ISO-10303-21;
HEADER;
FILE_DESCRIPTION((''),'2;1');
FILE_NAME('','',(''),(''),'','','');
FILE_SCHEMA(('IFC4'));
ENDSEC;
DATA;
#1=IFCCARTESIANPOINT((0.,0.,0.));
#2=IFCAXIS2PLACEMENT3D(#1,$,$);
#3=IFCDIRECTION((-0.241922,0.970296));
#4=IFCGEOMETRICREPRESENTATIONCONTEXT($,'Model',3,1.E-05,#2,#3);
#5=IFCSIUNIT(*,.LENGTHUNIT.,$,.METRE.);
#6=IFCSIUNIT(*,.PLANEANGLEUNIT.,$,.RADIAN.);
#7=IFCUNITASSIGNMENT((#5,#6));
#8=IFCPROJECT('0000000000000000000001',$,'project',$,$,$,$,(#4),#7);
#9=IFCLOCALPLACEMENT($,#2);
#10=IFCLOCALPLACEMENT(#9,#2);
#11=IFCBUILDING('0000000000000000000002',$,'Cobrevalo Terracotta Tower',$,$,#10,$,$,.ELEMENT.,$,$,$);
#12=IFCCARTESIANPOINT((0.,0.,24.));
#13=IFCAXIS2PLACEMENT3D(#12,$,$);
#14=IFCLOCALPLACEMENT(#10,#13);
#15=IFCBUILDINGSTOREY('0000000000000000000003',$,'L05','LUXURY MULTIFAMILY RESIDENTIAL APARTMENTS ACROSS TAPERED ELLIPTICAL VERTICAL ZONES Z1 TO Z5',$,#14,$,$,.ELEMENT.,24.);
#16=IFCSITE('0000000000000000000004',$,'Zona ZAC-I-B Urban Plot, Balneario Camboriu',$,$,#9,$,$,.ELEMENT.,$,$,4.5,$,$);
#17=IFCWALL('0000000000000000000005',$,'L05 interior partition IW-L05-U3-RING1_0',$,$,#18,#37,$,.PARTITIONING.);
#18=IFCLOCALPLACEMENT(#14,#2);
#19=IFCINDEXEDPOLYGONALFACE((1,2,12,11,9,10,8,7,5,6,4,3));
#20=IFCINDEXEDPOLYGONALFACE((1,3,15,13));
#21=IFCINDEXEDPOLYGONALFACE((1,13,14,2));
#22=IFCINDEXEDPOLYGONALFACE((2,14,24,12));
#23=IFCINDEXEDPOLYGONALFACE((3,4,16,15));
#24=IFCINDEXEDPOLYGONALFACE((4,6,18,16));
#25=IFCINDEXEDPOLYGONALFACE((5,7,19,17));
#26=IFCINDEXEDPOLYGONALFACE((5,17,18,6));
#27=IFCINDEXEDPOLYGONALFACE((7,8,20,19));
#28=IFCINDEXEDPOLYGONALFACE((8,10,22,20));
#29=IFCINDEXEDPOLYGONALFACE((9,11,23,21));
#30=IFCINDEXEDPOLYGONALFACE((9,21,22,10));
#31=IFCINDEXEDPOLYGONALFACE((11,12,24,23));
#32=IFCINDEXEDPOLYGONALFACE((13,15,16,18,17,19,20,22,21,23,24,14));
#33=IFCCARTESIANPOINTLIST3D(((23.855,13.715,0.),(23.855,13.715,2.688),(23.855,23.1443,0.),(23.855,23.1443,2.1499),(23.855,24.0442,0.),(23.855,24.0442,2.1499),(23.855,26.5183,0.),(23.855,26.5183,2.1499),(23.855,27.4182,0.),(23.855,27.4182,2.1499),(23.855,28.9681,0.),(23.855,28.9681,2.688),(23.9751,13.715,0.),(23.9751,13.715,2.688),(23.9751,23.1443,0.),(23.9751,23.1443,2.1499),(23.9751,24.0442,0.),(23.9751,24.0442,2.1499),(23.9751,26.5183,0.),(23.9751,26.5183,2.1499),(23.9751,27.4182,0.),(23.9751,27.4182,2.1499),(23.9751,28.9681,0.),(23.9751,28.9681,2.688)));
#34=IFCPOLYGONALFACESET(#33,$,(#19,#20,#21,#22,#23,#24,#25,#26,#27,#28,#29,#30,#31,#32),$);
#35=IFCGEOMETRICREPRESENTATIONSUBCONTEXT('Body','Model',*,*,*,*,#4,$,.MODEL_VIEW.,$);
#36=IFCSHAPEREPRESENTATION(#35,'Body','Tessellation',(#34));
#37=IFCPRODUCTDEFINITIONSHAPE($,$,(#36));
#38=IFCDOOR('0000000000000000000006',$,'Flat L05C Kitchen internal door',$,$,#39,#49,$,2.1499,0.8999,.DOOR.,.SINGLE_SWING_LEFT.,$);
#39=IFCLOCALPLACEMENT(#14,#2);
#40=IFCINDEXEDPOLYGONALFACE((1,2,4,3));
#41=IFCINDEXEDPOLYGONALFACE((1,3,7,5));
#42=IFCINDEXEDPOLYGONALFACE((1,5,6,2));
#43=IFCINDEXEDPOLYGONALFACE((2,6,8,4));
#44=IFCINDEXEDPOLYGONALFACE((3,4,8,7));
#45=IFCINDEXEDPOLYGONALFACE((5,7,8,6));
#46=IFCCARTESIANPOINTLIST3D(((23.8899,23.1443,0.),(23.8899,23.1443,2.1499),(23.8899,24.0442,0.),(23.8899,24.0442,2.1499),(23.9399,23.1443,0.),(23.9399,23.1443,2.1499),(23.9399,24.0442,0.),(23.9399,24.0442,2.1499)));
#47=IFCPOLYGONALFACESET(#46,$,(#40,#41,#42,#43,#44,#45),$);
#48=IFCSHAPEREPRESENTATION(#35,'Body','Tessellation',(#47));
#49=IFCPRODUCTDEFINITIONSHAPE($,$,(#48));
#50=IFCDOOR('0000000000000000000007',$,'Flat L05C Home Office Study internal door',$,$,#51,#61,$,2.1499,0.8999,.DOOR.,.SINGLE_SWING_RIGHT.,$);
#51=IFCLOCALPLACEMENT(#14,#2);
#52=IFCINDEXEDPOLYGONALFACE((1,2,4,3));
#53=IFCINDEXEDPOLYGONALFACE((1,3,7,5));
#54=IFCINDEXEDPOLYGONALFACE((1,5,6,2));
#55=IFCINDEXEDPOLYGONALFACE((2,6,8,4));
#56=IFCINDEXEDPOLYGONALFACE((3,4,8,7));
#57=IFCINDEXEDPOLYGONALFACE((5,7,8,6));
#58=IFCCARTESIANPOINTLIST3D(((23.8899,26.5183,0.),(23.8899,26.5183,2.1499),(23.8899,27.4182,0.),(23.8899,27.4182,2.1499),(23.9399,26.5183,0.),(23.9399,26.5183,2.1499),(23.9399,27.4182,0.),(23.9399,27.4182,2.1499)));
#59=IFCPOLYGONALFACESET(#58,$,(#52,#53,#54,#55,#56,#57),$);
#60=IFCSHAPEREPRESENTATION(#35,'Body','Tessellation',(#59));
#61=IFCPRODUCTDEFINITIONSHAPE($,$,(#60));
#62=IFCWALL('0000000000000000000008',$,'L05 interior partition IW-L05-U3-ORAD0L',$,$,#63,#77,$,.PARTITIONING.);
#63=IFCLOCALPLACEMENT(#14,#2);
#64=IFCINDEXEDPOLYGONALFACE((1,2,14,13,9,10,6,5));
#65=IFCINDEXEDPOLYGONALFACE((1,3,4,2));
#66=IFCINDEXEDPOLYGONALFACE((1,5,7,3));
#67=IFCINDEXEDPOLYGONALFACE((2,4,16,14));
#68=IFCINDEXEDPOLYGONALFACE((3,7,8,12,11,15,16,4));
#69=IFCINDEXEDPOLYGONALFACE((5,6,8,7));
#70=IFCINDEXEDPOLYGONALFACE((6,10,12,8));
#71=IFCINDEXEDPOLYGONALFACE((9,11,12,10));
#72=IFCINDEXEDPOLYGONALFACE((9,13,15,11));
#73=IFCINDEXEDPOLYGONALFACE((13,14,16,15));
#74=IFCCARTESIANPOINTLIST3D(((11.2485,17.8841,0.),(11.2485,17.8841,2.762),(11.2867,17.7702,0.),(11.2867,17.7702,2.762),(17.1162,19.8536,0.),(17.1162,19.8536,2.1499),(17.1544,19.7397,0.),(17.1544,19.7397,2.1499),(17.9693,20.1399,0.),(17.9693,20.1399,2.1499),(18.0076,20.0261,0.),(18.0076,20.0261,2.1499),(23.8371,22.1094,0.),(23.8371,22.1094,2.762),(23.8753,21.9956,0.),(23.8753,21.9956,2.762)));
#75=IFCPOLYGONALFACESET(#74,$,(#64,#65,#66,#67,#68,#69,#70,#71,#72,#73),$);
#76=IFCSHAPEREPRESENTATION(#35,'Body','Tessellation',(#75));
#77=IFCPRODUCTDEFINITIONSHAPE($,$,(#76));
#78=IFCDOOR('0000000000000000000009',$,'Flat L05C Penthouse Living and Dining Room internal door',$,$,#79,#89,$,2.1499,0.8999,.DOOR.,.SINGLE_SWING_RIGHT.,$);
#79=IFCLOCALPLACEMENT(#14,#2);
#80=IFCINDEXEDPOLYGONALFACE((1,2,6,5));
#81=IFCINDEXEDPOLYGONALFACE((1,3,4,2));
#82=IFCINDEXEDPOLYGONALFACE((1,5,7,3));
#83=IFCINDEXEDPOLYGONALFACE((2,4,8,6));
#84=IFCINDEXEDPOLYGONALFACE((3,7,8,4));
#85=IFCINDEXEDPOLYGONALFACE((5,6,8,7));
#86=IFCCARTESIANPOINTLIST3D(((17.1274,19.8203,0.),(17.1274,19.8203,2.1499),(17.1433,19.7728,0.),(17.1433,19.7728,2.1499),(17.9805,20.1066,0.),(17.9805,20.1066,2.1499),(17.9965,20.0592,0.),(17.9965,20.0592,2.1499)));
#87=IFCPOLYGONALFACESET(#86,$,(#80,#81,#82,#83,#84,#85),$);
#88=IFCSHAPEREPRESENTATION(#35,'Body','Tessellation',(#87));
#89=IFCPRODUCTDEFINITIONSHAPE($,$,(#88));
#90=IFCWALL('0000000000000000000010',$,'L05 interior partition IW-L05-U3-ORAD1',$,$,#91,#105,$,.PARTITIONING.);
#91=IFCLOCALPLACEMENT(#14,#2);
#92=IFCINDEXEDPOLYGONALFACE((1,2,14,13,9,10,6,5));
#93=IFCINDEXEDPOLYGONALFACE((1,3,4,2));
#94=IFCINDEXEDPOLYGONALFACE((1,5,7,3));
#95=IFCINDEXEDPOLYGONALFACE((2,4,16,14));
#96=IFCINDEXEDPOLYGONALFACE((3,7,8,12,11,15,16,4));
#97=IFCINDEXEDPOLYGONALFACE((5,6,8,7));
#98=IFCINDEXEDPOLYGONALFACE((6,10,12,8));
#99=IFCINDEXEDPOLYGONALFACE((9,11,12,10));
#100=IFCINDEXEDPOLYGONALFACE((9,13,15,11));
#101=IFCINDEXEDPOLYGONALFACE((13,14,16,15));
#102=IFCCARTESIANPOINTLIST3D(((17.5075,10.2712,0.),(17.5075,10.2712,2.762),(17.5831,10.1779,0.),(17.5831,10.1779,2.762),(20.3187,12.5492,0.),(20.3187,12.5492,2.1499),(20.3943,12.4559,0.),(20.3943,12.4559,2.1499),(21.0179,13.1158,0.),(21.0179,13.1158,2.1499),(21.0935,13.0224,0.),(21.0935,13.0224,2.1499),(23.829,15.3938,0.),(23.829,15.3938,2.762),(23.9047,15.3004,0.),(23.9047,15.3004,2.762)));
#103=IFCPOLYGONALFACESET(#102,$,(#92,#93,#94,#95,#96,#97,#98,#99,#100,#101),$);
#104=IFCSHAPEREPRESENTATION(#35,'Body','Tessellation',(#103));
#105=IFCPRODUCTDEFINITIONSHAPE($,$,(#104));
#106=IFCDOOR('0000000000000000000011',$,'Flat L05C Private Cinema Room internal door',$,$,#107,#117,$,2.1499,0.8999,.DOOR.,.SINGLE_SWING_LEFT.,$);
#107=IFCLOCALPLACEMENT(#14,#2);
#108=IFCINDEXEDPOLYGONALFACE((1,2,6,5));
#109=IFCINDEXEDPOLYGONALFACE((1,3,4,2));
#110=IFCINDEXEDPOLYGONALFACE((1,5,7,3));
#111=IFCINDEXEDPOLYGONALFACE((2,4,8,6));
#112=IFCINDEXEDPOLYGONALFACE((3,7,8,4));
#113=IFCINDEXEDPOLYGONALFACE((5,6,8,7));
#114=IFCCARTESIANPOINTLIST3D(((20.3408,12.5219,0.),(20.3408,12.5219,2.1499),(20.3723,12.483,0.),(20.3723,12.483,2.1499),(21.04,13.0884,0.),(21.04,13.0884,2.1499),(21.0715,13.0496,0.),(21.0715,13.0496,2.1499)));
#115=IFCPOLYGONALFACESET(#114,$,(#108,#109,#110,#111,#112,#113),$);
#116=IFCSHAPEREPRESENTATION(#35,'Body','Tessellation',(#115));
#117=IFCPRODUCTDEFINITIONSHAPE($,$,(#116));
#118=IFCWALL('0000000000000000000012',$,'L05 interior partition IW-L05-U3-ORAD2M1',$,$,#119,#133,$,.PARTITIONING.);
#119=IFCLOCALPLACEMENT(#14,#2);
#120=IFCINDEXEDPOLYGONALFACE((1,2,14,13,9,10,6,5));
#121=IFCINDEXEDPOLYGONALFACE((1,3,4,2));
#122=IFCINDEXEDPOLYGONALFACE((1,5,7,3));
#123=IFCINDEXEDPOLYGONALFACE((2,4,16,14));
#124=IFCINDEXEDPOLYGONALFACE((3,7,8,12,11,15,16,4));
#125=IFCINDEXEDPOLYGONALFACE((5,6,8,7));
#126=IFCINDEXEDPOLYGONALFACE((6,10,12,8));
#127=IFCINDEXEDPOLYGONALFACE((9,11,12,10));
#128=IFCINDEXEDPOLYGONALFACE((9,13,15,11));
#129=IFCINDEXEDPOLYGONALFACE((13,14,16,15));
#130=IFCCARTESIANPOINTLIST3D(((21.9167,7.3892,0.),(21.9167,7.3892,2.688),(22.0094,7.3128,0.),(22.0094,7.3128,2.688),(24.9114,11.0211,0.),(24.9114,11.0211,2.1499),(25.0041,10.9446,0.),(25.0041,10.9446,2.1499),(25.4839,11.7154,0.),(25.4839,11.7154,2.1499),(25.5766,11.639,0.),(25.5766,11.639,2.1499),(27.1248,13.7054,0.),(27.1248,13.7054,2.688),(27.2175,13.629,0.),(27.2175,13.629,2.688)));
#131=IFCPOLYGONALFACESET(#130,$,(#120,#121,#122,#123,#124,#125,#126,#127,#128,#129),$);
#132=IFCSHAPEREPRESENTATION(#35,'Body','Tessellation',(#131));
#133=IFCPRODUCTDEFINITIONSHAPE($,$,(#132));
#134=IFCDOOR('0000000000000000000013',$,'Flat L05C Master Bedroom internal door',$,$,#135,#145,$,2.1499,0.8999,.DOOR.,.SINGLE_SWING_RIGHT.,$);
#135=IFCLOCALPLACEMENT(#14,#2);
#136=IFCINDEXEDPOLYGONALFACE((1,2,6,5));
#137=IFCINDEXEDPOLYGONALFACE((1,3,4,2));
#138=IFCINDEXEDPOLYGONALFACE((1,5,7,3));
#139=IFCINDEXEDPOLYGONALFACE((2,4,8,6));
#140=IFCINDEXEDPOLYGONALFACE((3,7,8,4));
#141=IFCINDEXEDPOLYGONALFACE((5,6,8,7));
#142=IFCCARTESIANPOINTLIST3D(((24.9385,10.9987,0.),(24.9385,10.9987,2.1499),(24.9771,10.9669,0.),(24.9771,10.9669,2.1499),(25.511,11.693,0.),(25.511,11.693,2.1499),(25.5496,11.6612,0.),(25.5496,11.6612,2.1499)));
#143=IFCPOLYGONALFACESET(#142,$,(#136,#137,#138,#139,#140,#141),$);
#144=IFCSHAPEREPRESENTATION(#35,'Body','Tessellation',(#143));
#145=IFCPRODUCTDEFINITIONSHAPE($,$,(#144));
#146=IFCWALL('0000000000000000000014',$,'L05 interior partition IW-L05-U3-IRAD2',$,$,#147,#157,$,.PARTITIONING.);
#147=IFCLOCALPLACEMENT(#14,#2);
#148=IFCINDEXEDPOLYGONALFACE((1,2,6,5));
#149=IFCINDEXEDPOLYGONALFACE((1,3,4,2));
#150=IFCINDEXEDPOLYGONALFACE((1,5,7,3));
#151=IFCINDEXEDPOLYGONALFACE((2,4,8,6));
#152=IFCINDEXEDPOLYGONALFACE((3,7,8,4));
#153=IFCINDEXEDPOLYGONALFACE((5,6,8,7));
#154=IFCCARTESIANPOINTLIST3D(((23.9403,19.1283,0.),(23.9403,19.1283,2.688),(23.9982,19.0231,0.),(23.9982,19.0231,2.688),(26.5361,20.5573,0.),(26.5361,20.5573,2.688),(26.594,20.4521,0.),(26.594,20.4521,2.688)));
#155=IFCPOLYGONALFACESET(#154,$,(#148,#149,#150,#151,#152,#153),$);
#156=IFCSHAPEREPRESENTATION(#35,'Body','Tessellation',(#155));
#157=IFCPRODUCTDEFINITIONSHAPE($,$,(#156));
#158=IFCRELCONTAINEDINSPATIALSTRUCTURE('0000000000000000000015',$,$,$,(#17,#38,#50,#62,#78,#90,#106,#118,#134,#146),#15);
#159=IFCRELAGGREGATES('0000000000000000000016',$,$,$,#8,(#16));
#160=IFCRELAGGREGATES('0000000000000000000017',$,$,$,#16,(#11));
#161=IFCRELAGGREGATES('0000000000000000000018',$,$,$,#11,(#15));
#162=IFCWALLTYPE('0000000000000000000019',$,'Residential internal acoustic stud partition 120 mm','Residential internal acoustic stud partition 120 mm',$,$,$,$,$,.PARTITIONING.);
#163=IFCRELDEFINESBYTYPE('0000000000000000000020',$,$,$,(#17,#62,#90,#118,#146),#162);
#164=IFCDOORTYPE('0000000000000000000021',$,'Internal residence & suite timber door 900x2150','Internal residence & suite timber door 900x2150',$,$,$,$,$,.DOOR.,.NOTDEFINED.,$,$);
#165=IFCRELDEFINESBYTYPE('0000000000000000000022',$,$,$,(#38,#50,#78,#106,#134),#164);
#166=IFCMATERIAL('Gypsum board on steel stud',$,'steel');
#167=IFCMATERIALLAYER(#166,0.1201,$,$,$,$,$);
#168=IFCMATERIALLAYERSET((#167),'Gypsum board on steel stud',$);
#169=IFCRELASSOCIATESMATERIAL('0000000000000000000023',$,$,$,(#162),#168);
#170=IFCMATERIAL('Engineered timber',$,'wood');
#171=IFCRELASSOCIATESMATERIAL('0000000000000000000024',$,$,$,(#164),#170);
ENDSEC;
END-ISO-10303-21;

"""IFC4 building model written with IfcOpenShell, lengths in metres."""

from ifc_helpers import new_model, si_unit, direction, frame, frame_2d, origin, place, context, subcontext, project, spatial, rectangle, extrude, source, transform, mapped, material, layer, layer_set, type_object, element, fill, save


model = new_model("IFC4")

# Units and contexts
model_context = context("Model", 3, precision=1e-05, world=origin(), true_north=direction((-0.241922, 0.970296)))
body_context = subcontext(model_context, "Body", "Model", "MODEL_VIEW")
ifc_project = project(units=[si_unit("LENGTHUNIT", "METRE"), si_unit("PLANEANGLEUNIT", "RADIAN")], contexts=[model_context])

# Site, building, storey
site_placement = place(None, origin())
site = spatial("IfcSite", under=ifc_project, at=site_placement, Name="Zona ZAC-I-B Urban Plot, Balneario Camboriu", CompositionType="ELEMENT", RefElevation=4.5)
building_placement = place(site_placement, origin())
building = spatial("IfcBuilding", under=site, at=building_placement, Name="Cobrevalo Terracotta Tower", CompositionType="ELEMENT")
storey_placement = place(building_placement, frame((0.0, 0.0, 24.0)))
storey = spatial("IfcBuildingStorey", under=building, at=storey_placement, Name="L05", Description="LUXURY MULTIFAMILY RESIDENTIAL APARTMENTS ACROSS TAPERED ELLIPTICAL VERTICAL ZONES Z1 TO Z5", CompositionType="ELEMENT", Elevation=24.0)

# Shared definitions
ifc_material_1 = material(Name="Gypsum board on steel stud", Category="steel")

# Wall, openings, doors
ifc_layer_1 = layer(ifc_material_1, 0.1201)
ifc_layer_set_1 = layer_set([ifc_layer_1], Name="Gypsum board on steel stud")
wall_type_1 = type_object("IfcWallType", Name="Residential internal acoustic stud partition 120 mm", Description="Residential internal acoustic stud partition 120 mm", PredefinedType="PARTITIONING", material=ifc_layer_set_1)
wall_1_placement = place(storey_placement, frame((23.915, 13.7151, 0.0), z_axis=(0.0, 0.0, 1.0), x_axis=(0.0, 1.0, 0.0)))
wall_1 = element("IfcWall", 1, at=wall_1_placement, inside=storey, type_object=wall_type_1, Name="L05 interior partition IW-L05-U3-RING1_0", PredefinedType="PARTITIONING", context=body_context, shape_type="SweptSolid", body=[
    extrude(rectangle(XDim=15.2532, YDim=0.1201, at=frame_2d((7.6265, 0.0))), origin(), (0.0, 0.0, 1.0), 2.688),
])
opening_1_placement = place(wall_1_placement, frame((9.4292, 0.0, 0.0)))
opening_1 = element("IfcOpeningElement", 2, at=opening_1_placement, cuts=wall_1, PredefinedType="OPENING", context=body_context, shape_type="SweptSolid", body=[
    extrude(rectangle(XDim=0.8999, YDim=2.1499, at=frame_2d((0.45, 1.075))), frame((0.0, 0.0701, 0.0), z_axis=(0.0, -1.0, 0.0), x_axis=(1.0, 0.0, 0.0)), (0.0, 0.0, 1.0), 0.1401),
])
opening_2_placement = place(wall_1_placement, frame((12.8032, 0.0, 0.0)))
opening_2 = element("IfcOpeningElement", 3, at=opening_2_placement, cuts=wall_1, PredefinedType="OPENING", context=body_context, shape_type="SweptSolid", body=[
    extrude(rectangle(XDim=0.8999, YDim=2.1499, at=frame_2d((0.45, 1.075))), frame((0.0, 0.0701, 0.0), z_axis=(0.0, -1.0, 0.0), x_axis=(1.0, 0.0, 0.0)), (0.0, 0.0, 1.0), 0.1401),
])
ifc_material_2 = material(Name="Engineered timber", Category="wood")
door_type_1 = type_object("IfcDoorType", Name="Internal residence & suite timber door 900x2150", Description="Internal residence & suite timber door 900x2150", OperationType="NOTDEFINED", PredefinedType="DOOR", material=ifc_material_2)
shared_shape_1 = source(origin(), body_context, "Body", "SweptSolid", [
    extrude(rectangle(XDim=0.8999, YDim=2.1499, at=frame_2d((0.45, 1.075))), frame((0.0, 0.0249, 0.0), z_axis=(0.0, -1.0, 0.0), x_axis=(1.0, 0.0, 0.0)), (0.0, 0.0, 1.0), 0.05),
])
door_1_placement = place(opening_1_placement, frame((0.8999, 0.0, 0.0), z_axis=(0.0, 0.0, 1.0), x_axis=(-1.0, 0.0, 0.0)))
door_1 = element("IfcDoor", 4, at=door_1_placement, inside=storey, type_object=door_type_1, Name="Flat L05C Kitchen internal door", OperationType="SINGLE_SWING_LEFT", OverallHeight=2.1499, OverallWidth=0.8999, PredefinedType="DOOR", context=body_context, shape_type="MappedRepresentation", body=[
    mapped(shared_shape_1, transform((0.0, 0.0, 0.0), scale=1.0)),
])
fill(opening_1, door_1)
door_2_placement = place(opening_2_placement, frame((0.8999, 0.0, 0.0), z_axis=(0.0, 0.0, 1.0), x_axis=(-1.0, 0.0, 0.0)))
door_2 = element("IfcDoor", 5, at=door_2_placement, inside=storey, type_object=door_type_1, Name="Flat L05C Home Office Study internal door", OperationType="SINGLE_SWING_RIGHT", OverallHeight=2.1499, OverallWidth=0.8999, PredefinedType="DOOR", context=body_context, shape_type="MappedRepresentation", body=[
    mapped(shared_shape_1, transform((0.0, 0.0, 0.0), scale=1.0)),
])
fill(opening_2, door_2)

# Walls, openings, doors
wall_2_placement = place(storey_placement, frame((23.8562, 22.0525, 0.0), z_axis=(0.0, 0.0, 1.0), x_axis=(-0.948023, -0.318202, 0.0)))
wall_2 = element("IfcWall", 6, at=wall_2_placement, inside=storey, type_object=wall_type_1, Name="L05 interior partition IW-L05-U3-ORAD0L", PredefinedType="PARTITIONING", context=body_context, shape_type="SweptSolid", body=[
    extrude(rectangle(XDim=13.2788, YDim=0.1201, at=frame_2d((6.6394, 0.0))), origin(), (0.0, 0.0, 1.0), 2.762),
])
opening_3_placement = place(wall_2_placement, frame((6.1895, 0.0, 0.0)))
opening_3 = element("IfcOpeningElement", 7, at=opening_3_placement, cuts=wall_2, PredefinedType="OPENING", context=body_context, shape_type="SweptSolid", body=[
    extrude(rectangle(XDim=0.8999, YDim=2.1499, at=frame_2d((0.45, 1.075))), frame((0.0, 0.0701, 0.0), z_axis=(0.0, -1.0, 0.0), x_axis=(1.0, 0.0, 0.0)), (0.0, 0.0, 1.0), 0.1401),
])
door_3_placement = place(opening_3_placement, frame((0.8999, 0.0, 0.0), z_axis=(0.0, 0.0, 1.0), x_axis=(-1.0, 0.0, 0.0)))
door_3 = element("IfcDoor", 8, at=door_3_placement, inside=storey, type_object=door_type_1, Name="Flat L05C Penthouse Living and Dining Room internal door", OperationType="SINGLE_SWING_RIGHT", OverallHeight=2.1499, OverallWidth=0.8999, PredefinedType="DOOR", context=body_context, shape_type="MappedRepresentation", body=[
    mapped(shared_shape_1, transform((0.0, 0.0, 0.0), scale=1.0)),
])
fill(opening_3, door_3)
wall_3_placement = place(storey_placement, frame((23.8669, 15.3472, 0.0), z_axis=(0.0, 0.0, 1.0), x_axis=(-0.776937, -0.629579, 0.0)))
wall_3 = element("IfcWall", 9, at=wall_3_placement, inside=storey, type_object=wall_type_1, Name="L05 interior partition IW-L05-U3-ORAD1", PredefinedType="PARTITIONING", context=body_context, shape_type="SweptSolid", body=[
    extrude(rectangle(XDim=8.1365, YDim=0.1201, at=frame_2d((4.0684, 0.0))), origin(), (0.0, 0.0, 1.0), 2.762),
])
opening_4_placement = place(wall_3_placement, frame((3.6184, 0.0, 0.0)))
opening_4 = element("IfcOpeningElement", 10, at=opening_4_placement, cuts=wall_3, PredefinedType="OPENING", context=body_context, shape_type="SweptSolid", body=[
    extrude(rectangle(XDim=0.8999, YDim=2.1499, at=frame_2d((0.45, 1.075))), frame((0.0, 0.0701, 0.0), z_axis=(0.0, -1.0, 0.0), x_axis=(1.0, 0.0, 0.0)), (0.0, 0.0, 1.0), 0.1401),
])
door_4_placement = place(opening_4_placement, frame((0.8999, 0.0, 0.0), z_axis=(0.0, 0.0, 1.0), x_axis=(-1.0, 0.0, 0.0)))
door_4 = element("IfcDoor", 11, at=door_4_placement, inside=storey, type_object=door_type_1, Name="Flat L05C Private Cinema Room internal door", OperationType="SINGLE_SWING_LEFT", OverallHeight=2.1499, OverallWidth=0.8999, PredefinedType="DOOR", context=body_context, shape_type="MappedRepresentation", body=[
    mapped(shared_shape_1, transform((0.0, 0.0, 0.0), scale=1.0)),
])
fill(opening_4, door_4)
wall_4_placement = place(storey_placement, frame((27.1711, 13.6672, 0.0), z_axis=(0.0, 0.0, 1.0), x_axis=(-0.636178, -0.771543, 0.0)))
wall_4 = element("IfcWall", 12, at=wall_4_placement, inside=storey, type_object=wall_type_1, Name="L05 interior partition IW-L05-U3-ORAD2M1", PredefinedType="PARTITIONING", context=body_context, shape_type="SweptSolid", body=[
    extrude(rectangle(XDim=8.1865, YDim=0.1201, at=frame_2d((4.0933, 0.0))), origin(), (0.0, 0.0, 1.0), 2.688),
])
opening_5_placement = place(wall_4_placement, frame((2.5793, 0.0, 0.0)))
opening_5 = element("IfcOpeningElement", 13, at=opening_5_placement, cuts=wall_4, PredefinedType="OPENING", context=body_context, shape_type="SweptSolid", body=[
    extrude(rectangle(XDim=0.8999, YDim=2.1499, at=frame_2d((0.45, 1.075))), frame((0.0, 0.0701, 0.0), z_axis=(0.0, -1.0, 0.0), x_axis=(1.0, 0.0, 0.0)), (0.0, 0.0, 1.0), 0.1401),
])
door_5_placement = place(opening_5_placement, frame((0.8999, 0.0, 0.0), z_axis=(0.0, 0.0, 1.0), x_axis=(-1.0, 0.0, 0.0)))
door_5 = element("IfcDoor", 14, at=door_5_placement, inside=storey, type_object=door_type_1, Name="Flat L05C Master Bedroom internal door", OperationType="SINGLE_SWING_RIGHT", OverallHeight=2.1499, OverallWidth=0.8999, PredefinedType="DOOR", context=body_context, shape_type="MappedRepresentation", body=[
    mapped(shared_shape_1, transform((0.0, 0.0, 0.0), scale=1.0)),
])
fill(opening_5, door_5)

# Wall
wall_5_placement = place(storey_placement, frame((26.5649, 20.5046, 0.0), z_axis=(0.0, 0.0, 1.0), x_axis=(-0.876028, -0.48226, 0.0)))
element("IfcWall", 15, at=wall_5_placement, inside=storey, type_object=wall_type_1, Name="L05 interior partition IW-L05-U3-IRAD2", PredefinedType="PARTITIONING", context=body_context, shape_type="SweptSolid", body=[
    extrude(rectangle(XDim=2.9631, YDim=0.1201, at=frame_2d((1.4814, 0.0))), origin(), (0.0, 0.0, 1.0), 2.688),
])

save(model, "model.ifc")
